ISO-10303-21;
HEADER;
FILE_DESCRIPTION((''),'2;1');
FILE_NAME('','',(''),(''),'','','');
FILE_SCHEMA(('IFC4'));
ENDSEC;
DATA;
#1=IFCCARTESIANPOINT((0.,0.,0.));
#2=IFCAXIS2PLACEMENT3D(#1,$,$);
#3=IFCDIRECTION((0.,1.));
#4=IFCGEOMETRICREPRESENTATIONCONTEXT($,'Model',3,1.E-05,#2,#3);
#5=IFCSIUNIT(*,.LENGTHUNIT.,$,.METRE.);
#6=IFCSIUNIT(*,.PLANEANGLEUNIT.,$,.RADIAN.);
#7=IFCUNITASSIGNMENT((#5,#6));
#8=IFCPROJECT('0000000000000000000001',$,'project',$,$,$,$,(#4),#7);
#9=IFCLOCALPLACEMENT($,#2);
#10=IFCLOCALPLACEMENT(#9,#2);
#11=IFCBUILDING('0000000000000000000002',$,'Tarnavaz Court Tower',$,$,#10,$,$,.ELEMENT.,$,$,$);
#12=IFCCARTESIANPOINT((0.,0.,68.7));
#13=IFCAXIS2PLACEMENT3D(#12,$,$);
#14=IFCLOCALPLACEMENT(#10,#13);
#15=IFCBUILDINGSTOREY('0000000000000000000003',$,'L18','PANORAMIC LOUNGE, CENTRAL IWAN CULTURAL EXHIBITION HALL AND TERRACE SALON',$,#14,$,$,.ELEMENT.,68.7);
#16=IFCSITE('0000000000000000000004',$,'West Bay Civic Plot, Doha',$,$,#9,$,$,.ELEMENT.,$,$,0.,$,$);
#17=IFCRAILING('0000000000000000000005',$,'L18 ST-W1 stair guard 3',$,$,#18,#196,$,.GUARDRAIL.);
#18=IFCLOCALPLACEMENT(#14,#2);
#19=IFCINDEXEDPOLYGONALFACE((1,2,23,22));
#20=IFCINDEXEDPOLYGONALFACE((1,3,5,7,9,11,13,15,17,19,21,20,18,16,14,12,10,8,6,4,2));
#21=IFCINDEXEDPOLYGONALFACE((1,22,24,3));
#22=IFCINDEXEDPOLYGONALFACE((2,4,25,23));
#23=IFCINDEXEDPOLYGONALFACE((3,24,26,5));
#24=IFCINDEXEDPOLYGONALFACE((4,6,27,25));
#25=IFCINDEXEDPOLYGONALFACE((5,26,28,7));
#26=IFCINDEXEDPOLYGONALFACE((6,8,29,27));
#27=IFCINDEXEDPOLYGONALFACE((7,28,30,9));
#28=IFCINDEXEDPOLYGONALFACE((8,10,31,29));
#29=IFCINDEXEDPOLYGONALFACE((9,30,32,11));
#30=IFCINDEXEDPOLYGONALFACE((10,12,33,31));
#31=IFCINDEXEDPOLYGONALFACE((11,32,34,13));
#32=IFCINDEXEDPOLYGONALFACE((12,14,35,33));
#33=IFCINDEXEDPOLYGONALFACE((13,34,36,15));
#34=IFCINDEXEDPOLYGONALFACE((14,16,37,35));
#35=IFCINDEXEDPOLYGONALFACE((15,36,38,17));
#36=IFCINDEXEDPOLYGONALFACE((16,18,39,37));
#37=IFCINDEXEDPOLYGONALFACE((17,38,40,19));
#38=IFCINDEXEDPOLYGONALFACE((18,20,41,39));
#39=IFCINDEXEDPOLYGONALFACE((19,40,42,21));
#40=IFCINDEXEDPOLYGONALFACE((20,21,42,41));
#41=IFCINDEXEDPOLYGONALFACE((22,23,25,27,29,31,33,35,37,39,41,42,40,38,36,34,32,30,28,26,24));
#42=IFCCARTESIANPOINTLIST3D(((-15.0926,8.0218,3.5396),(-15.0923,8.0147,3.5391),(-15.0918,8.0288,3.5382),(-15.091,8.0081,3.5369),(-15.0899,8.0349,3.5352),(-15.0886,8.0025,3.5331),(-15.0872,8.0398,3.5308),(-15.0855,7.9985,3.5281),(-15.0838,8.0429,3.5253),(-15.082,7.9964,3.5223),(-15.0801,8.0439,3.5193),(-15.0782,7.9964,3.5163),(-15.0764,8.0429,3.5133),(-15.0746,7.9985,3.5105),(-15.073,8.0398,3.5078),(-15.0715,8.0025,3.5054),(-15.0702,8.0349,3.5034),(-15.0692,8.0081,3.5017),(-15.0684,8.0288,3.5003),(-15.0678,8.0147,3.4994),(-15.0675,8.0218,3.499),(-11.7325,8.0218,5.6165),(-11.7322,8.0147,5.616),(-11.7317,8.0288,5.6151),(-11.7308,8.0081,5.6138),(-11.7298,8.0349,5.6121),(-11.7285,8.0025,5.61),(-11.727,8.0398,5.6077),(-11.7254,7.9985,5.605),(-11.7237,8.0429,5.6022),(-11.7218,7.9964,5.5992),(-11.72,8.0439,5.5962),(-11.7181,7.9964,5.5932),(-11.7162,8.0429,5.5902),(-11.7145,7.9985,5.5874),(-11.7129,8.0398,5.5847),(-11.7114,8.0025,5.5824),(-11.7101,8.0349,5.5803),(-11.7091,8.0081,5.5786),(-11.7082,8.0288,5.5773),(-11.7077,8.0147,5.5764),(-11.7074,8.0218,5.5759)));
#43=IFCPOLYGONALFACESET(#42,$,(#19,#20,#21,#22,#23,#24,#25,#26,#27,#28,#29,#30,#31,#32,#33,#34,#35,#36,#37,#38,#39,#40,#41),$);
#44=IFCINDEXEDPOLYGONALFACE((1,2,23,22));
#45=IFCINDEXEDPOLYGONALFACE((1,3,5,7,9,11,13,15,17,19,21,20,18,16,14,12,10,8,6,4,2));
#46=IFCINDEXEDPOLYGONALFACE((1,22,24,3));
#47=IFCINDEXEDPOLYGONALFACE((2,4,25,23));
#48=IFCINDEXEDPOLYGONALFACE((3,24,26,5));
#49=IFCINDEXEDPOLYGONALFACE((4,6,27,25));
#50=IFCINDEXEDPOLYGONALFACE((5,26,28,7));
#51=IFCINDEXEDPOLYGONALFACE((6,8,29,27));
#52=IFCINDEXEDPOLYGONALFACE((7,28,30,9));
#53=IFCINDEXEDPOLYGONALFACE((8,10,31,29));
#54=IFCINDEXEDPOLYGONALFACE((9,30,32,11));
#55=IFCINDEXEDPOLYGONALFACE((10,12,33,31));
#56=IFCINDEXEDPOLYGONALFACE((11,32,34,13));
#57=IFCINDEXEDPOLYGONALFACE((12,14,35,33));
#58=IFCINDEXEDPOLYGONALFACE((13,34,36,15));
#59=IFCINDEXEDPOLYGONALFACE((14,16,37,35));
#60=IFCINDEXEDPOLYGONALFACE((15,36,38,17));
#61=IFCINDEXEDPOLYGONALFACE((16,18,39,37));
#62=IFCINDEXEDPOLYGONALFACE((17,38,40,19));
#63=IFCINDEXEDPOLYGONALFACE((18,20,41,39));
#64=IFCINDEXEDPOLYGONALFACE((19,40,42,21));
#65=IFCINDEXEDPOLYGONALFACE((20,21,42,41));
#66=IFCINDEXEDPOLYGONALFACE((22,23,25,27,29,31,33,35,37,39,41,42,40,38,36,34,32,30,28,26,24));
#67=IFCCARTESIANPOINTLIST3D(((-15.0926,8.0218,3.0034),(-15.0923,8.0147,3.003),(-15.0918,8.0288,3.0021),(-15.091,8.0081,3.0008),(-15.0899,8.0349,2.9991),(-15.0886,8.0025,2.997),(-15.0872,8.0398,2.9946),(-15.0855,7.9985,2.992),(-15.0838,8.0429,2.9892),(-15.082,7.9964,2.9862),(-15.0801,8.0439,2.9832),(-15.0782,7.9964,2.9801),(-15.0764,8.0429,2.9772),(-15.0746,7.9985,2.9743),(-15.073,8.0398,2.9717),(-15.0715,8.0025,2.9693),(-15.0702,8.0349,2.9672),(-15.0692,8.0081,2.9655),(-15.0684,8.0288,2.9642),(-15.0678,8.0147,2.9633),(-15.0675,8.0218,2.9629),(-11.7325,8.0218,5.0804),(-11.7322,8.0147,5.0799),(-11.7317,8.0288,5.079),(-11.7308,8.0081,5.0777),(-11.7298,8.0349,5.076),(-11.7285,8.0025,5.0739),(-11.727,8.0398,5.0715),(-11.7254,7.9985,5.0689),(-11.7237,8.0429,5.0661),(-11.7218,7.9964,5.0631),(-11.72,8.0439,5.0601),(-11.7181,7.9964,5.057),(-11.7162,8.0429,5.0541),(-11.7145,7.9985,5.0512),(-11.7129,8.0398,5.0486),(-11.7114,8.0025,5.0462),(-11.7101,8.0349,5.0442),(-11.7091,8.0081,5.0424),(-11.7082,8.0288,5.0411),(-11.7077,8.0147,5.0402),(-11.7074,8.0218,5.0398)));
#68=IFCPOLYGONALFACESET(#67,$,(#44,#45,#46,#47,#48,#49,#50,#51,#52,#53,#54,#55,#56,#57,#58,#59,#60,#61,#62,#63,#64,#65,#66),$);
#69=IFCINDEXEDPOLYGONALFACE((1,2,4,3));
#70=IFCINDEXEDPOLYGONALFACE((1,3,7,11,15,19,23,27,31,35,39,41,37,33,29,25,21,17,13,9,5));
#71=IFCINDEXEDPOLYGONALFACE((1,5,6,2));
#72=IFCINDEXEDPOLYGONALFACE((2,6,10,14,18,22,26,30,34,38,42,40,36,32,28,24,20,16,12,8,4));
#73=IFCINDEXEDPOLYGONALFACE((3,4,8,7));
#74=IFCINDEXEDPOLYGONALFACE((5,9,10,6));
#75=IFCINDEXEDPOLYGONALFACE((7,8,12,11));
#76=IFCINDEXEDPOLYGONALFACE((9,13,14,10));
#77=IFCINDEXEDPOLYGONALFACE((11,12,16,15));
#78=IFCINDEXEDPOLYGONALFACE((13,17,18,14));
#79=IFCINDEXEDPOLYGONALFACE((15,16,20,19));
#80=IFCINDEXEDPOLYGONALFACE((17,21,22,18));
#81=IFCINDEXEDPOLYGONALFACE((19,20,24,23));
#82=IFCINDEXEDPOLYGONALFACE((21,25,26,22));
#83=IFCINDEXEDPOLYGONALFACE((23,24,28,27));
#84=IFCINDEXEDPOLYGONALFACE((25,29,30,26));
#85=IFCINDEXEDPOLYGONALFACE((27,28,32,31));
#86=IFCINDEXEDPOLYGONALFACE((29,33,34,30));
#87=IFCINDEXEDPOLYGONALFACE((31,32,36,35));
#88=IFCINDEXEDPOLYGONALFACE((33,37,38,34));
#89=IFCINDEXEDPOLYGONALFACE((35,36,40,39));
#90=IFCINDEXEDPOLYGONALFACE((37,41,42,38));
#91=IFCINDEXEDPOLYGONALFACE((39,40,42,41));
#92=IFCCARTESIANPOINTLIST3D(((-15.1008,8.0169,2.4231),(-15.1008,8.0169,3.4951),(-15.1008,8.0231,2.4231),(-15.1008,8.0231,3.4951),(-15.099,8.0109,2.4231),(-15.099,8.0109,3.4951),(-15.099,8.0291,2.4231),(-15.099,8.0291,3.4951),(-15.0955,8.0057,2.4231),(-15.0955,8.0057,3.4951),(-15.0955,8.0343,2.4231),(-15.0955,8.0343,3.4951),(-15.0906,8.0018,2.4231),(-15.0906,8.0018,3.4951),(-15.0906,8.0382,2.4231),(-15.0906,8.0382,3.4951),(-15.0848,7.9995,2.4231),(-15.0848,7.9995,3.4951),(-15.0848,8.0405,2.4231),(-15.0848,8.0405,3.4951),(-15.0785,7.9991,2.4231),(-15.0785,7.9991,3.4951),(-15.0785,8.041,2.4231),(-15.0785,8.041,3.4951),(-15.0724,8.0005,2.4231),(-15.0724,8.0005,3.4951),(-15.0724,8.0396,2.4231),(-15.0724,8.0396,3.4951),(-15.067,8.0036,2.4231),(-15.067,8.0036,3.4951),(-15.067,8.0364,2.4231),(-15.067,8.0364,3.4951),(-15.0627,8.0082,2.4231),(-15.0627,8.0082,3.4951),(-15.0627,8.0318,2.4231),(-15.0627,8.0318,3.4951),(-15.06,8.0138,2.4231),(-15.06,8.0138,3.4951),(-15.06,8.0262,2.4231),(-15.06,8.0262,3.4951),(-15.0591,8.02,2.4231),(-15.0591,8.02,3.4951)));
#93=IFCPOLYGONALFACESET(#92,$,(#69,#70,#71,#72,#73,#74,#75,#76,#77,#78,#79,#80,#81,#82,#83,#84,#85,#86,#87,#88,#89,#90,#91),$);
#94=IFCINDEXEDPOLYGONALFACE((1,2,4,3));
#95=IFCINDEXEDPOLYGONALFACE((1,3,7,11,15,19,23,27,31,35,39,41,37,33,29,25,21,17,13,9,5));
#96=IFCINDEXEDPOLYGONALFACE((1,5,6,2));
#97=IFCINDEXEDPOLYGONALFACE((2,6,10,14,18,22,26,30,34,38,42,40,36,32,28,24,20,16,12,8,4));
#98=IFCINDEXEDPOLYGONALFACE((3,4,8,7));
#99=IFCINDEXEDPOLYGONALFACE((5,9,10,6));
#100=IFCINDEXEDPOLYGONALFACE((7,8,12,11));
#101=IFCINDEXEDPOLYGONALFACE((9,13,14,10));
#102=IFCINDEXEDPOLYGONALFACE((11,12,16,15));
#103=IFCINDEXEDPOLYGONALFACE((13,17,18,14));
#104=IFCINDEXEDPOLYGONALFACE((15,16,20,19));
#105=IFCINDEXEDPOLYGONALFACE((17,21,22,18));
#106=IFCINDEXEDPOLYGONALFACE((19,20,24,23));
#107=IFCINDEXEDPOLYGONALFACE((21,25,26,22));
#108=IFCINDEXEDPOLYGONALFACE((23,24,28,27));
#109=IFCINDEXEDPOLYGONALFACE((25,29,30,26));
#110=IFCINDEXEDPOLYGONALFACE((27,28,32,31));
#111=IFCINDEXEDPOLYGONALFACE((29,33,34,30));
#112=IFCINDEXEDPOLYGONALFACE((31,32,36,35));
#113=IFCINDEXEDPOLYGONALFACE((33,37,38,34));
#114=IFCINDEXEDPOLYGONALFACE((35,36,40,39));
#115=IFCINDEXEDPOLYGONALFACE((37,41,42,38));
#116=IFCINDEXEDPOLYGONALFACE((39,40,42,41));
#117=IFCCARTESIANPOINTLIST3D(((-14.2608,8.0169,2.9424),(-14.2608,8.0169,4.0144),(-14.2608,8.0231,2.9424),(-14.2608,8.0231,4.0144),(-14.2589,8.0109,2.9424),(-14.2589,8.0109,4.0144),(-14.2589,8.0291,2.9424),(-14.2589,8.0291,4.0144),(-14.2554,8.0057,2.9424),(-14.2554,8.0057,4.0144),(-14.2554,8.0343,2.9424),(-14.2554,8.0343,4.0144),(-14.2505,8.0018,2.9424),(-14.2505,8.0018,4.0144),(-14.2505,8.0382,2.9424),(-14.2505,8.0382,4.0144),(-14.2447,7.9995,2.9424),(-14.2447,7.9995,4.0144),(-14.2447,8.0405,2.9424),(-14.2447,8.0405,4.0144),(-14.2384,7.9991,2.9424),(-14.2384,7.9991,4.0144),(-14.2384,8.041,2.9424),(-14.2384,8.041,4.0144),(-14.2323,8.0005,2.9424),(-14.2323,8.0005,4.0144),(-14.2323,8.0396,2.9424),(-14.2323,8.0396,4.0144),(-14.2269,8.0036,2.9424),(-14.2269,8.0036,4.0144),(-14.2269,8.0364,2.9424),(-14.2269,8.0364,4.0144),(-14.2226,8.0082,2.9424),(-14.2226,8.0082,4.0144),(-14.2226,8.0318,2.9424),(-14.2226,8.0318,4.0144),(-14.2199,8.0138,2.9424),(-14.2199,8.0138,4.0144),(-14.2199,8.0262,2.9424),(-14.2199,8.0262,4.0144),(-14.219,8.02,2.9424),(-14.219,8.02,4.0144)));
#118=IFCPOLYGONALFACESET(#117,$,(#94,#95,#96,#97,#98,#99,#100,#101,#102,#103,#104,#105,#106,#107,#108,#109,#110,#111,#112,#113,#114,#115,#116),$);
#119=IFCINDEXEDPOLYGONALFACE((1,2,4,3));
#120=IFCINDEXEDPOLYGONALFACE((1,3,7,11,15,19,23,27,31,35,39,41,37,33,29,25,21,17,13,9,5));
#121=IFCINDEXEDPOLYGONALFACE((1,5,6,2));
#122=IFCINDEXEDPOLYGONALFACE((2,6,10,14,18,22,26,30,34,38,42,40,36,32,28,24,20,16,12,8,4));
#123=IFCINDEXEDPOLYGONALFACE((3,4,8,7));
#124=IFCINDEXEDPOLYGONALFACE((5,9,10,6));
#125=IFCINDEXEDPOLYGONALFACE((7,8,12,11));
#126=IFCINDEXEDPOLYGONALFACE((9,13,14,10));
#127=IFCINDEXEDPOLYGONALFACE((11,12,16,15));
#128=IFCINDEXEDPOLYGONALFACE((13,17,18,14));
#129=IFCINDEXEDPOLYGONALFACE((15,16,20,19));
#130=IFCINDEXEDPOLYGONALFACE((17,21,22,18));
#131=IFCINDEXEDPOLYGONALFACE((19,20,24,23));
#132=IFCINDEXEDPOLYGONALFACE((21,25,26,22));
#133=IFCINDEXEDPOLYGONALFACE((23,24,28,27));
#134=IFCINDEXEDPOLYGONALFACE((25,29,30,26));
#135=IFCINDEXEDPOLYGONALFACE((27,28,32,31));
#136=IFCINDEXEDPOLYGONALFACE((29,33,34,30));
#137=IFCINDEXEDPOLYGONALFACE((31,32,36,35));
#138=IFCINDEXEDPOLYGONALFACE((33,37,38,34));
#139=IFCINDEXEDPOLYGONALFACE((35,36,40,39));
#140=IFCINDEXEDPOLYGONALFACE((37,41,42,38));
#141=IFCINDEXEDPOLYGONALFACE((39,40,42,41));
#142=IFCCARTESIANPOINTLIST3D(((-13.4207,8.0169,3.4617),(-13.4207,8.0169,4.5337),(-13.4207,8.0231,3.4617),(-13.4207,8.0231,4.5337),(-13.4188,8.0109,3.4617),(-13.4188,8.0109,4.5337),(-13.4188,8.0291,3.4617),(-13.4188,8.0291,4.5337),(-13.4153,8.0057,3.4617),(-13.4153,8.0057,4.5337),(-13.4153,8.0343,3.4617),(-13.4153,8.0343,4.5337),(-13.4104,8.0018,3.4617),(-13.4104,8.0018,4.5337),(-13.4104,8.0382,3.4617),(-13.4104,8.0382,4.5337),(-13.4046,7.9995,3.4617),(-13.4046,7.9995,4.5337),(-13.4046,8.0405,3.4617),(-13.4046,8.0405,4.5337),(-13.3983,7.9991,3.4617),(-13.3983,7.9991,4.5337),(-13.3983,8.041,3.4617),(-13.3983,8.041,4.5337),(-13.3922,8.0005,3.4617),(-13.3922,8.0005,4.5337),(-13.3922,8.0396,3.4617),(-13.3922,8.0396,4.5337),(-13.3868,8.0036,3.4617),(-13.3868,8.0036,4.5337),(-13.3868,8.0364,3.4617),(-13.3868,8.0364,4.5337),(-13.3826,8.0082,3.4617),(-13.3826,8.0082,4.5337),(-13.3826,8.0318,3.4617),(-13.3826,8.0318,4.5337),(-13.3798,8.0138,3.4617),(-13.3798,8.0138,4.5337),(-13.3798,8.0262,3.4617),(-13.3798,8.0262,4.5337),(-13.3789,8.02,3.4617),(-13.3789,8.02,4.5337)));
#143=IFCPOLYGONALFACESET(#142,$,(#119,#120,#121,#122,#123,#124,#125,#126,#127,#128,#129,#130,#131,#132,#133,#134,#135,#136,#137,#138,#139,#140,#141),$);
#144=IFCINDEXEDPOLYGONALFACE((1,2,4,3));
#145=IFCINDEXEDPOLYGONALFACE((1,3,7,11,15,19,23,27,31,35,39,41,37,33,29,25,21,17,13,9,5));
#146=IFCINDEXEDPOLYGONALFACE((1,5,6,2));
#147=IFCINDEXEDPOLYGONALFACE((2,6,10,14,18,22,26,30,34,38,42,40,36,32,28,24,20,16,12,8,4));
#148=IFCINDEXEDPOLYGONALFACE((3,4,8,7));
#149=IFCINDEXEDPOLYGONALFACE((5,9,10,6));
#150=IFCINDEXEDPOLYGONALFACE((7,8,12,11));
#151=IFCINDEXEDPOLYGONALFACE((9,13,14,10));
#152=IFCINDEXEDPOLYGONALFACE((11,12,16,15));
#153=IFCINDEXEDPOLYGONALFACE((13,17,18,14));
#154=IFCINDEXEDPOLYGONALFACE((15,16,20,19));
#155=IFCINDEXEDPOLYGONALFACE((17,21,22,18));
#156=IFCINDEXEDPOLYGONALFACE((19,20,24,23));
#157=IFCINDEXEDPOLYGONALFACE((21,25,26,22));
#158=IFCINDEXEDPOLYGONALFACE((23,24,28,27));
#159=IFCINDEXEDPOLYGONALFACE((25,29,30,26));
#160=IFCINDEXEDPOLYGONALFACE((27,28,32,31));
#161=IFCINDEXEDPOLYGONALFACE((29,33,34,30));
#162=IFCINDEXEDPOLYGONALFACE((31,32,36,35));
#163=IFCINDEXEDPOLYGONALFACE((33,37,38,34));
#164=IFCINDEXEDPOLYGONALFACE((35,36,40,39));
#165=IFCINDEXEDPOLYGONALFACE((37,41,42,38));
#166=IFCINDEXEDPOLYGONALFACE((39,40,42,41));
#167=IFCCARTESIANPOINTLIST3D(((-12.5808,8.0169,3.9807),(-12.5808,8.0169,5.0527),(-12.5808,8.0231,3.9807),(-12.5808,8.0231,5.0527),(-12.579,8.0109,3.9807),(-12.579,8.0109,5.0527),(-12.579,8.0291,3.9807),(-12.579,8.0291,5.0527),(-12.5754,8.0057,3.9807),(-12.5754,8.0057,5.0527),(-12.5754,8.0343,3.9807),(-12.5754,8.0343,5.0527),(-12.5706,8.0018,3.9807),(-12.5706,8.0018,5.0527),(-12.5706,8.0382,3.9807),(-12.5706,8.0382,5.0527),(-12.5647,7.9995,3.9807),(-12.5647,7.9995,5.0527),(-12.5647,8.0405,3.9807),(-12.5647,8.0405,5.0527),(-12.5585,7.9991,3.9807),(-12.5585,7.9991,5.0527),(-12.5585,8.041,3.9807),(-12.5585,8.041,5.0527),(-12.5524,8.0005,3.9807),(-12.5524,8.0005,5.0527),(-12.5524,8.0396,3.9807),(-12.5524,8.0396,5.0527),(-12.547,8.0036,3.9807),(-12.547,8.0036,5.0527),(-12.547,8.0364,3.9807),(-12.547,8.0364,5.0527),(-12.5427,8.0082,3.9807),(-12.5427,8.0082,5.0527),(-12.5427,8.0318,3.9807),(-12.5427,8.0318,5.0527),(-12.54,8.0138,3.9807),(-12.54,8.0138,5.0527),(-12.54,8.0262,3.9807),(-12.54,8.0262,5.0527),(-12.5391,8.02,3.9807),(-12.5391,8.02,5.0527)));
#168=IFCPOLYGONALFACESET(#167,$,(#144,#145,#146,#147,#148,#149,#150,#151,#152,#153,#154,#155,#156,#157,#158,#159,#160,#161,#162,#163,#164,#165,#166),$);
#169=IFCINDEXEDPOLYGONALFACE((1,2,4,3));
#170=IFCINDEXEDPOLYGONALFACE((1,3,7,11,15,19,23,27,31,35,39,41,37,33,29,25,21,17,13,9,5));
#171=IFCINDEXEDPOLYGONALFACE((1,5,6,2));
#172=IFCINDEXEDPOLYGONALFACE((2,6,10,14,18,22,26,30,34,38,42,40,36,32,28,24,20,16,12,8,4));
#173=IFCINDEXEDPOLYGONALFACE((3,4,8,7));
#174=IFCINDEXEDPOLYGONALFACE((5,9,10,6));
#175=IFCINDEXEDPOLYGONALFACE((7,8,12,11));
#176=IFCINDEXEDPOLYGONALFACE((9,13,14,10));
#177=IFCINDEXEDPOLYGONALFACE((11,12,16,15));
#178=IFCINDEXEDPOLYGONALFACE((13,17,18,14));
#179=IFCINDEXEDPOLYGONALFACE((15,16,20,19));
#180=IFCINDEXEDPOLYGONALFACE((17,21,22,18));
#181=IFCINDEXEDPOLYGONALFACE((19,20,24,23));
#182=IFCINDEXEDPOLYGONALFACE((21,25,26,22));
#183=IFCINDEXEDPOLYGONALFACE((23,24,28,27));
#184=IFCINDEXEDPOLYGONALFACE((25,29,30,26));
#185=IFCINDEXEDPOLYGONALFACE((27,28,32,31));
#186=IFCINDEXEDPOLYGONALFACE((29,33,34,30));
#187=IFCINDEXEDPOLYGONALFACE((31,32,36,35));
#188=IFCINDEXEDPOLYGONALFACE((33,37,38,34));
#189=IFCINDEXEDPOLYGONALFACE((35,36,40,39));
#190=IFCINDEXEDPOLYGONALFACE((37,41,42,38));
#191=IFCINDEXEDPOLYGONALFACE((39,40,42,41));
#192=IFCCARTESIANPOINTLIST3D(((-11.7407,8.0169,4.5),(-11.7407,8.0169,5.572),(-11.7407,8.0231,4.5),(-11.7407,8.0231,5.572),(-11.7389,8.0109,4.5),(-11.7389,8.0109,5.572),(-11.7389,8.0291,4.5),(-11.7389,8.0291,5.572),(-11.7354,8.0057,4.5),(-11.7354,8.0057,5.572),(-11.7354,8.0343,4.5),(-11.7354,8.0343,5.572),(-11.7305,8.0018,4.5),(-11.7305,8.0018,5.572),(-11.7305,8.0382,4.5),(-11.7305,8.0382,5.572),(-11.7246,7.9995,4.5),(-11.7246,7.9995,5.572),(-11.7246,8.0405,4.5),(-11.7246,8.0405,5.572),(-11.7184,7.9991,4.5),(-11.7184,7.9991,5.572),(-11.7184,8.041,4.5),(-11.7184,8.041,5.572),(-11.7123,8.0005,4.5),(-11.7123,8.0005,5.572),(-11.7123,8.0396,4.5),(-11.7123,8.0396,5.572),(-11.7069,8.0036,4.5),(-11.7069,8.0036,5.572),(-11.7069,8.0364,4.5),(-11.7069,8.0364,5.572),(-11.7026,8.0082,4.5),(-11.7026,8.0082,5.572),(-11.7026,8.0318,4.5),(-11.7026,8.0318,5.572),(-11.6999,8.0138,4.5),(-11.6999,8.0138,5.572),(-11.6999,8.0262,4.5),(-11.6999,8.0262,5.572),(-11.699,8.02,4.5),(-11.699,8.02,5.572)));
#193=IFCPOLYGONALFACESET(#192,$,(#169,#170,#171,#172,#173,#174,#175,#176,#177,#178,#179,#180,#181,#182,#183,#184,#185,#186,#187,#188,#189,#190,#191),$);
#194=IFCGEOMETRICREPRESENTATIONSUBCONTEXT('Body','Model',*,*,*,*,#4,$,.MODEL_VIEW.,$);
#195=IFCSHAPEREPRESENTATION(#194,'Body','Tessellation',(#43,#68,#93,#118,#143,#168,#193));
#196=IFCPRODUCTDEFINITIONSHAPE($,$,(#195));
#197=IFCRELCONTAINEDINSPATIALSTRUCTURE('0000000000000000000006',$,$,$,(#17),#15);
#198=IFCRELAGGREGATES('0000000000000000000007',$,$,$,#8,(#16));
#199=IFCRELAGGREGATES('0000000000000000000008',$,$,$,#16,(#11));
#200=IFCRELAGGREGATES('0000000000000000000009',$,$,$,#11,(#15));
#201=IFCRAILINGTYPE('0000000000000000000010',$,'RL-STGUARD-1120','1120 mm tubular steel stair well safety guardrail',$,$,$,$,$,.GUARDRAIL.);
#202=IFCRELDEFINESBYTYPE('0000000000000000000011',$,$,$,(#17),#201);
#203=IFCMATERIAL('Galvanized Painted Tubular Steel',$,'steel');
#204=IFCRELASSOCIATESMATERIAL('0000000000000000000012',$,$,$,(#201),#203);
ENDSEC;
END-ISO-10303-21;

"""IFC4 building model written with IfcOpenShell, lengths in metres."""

from ifc_helpers import new_model, si_unit, direction, frame, origin, origin_2d, place, context, subcontext, project, spatial, circle, extrude, material, type_object, element, save


model = new_model("IFC4")

# Units and contexts
model_context = context("Model", 3, precision=1e-05, world=origin(), true_north=direction((0.0, 1.0)))
body_context = subcontext(model_context, "Body", "Model", "MODEL_VIEW")
ifc_project = project(units=[si_unit("LENGTHUNIT", "METRE"), si_unit("PLANEANGLEUNIT", "RADIAN")], contexts=[model_context])

# Site, building, storey
site_placement = place(None, origin())
site = spatial("IfcSite", under=ifc_project, at=site_placement, Name="West Bay Civic Plot, Doha", CompositionType="ELEMENT", RefElevation=0.0)
building_placement = place(site_placement, origin())
building = spatial("IfcBuilding", under=site, at=building_placement, Name="Tarnavaz Court Tower", CompositionType="ELEMENT")
storey_placement = place(building_placement, frame((0.0, 0.0, 68.7)))
storey = spatial("IfcBuildingStorey", under=building, at=storey_placement, Name="L18", Description="PANORAMIC LOUNGE, CENTRAL IWAN CULTURAL EXHIBITION HALL AND TERRACE SALON", CompositionType="ELEMENT", Elevation=68.7)

# Railing
ifc_material_1 = material(Name="Galvanized Painted Tubular Steel", Category="steel")
railing_type_1 = type_object("IfcRailingType", Name="RL-STGUARD-1120", Description="1120 mm tubular steel stair well safety guardrail", PredefinedType="GUARDRAIL", material=ifc_material_1)
railing_1_placement = place(storey_placement, frame((-15.0801, 8.02, 2.4231)))
element("IfcRailing", 1, at=railing_1_placement, inside=storey, type_object=railing_type_1, Name="L18 ST-W1 stair guard 3", PredefinedType="GUARDRAIL", context=body_context, shape_type="SweptSolid", body=[
    extrude(circle(Radius=0.0239, at=origin_2d()), frame((0.0, 0.0, 1.0962), z_axis=(0.850623, 0.0, 0.525776), x_axis=(0.0, 1.0, 0.0)), (0.0, 0.0, 1.0), 3.9502),
    extrude(circle(Radius=0.0239, at=origin_2d()), frame((0.0, 0.0, 0.5601), z_axis=(0.850623, 0.0, 0.525776), x_axis=(0.0, 1.0, 0.0)), (0.0, 0.0, 1.0), 3.9502),
    extrude(circle(Radius=0.021, at=origin_2d()), origin(), (0.0, 0.0, 1.0), 1.072),
    extrude(circle(Radius=0.021, at=origin_2d()), frame((0.8401, 0.0, 0.5193)), (0.0, 0.0, 1.0), 1.072),
    extrude(circle(Radius=0.021, at=origin_2d()), frame((1.6802, 0.0, 1.0386)), (0.0, 0.0, 1.0), 1.072),
    extrude(circle(Radius=0.021, at=origin_2d()), frame((2.52, 0.0, 1.5576)), (0.0, 0.0, 1.0), 1.072),
    extrude(circle(Radius=0.021, at=origin_2d()), frame((3.3601, 0.0, 2.0769)), (0.0, 0.0, 1.0), 1.072),
])

save(model, "model.ifc")
